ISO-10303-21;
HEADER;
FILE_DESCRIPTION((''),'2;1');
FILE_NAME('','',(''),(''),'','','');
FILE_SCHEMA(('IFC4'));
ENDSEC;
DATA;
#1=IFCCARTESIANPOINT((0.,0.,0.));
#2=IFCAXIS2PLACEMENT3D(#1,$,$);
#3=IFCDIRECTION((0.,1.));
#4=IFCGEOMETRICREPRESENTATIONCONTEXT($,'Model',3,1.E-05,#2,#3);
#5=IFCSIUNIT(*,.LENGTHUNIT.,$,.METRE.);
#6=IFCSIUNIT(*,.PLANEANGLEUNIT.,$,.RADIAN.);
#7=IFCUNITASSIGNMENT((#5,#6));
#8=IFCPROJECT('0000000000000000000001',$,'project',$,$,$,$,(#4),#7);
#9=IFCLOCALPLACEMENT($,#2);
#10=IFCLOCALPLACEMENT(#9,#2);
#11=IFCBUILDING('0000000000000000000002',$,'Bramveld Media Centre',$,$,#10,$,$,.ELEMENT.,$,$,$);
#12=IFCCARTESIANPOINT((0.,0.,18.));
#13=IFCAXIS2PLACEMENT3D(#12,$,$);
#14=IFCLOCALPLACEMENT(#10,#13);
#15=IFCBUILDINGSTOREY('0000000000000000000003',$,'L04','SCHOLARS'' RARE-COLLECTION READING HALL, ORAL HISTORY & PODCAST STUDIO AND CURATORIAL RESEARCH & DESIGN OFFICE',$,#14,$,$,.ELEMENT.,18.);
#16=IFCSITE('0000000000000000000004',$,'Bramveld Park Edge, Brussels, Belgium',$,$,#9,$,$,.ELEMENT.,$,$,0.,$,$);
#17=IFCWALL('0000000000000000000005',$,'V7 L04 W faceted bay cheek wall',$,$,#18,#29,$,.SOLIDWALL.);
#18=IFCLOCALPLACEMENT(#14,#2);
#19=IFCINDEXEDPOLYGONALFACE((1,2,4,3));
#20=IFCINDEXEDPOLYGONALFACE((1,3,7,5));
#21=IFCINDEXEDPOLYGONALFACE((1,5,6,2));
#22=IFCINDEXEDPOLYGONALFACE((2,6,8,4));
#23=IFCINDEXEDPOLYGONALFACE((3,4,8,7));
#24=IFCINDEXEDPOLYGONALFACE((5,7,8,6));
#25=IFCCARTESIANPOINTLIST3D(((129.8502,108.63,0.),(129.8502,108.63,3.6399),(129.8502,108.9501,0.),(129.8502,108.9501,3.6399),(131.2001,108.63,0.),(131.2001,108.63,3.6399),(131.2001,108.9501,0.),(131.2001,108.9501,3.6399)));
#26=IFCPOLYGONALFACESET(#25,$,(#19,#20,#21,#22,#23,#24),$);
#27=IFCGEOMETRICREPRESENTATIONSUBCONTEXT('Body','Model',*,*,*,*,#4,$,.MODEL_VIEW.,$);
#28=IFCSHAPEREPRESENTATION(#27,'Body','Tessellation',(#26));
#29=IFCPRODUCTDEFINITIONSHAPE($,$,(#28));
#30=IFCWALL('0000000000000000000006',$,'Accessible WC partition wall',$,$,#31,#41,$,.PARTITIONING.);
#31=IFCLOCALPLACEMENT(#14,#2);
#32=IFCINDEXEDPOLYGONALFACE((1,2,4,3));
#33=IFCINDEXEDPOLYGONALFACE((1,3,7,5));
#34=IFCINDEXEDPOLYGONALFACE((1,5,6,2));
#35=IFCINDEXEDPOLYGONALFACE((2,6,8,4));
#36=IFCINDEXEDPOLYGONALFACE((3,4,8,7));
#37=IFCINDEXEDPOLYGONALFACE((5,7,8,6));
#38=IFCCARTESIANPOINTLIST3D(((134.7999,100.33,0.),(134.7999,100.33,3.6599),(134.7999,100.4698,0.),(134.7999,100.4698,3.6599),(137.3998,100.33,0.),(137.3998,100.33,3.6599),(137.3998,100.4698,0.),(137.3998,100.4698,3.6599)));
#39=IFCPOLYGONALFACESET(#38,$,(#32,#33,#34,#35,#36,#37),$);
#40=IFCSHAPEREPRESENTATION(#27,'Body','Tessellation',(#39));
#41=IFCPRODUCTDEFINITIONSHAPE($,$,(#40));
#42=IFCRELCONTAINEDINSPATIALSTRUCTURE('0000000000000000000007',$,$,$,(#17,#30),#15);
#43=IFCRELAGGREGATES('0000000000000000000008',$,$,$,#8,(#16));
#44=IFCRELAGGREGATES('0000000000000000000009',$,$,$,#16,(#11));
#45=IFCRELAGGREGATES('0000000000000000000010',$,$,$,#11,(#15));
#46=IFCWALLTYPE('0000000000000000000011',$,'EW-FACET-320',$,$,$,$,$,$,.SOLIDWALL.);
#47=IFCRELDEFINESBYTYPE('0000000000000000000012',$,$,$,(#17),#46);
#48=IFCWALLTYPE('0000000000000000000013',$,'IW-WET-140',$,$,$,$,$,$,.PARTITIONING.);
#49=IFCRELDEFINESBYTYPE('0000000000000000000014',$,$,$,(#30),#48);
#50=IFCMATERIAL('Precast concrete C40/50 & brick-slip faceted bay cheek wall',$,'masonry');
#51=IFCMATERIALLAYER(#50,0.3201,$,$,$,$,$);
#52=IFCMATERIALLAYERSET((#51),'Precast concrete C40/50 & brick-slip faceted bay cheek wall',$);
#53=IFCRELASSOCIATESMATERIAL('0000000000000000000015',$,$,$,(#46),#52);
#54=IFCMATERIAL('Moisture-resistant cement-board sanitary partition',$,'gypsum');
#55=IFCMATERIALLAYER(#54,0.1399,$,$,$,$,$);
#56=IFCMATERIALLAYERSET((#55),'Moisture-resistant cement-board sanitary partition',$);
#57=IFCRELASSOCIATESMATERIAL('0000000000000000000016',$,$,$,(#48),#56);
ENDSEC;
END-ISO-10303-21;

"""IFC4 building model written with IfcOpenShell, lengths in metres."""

from ifc_helpers import new_model, si_unit, direction, frame, frame_2d, origin, place, context, subcontext, project, spatial, rectangle, extrude, material, layer, layer_set, type_object, element, save


model = new_model("IFC4")

# Units and contexts
model_context = context("Model", 3, precision=1e-05, world=origin(), true_north=direction((0.0, 1.0)))
body_context = subcontext(model_context, "Body", "Model", "MODEL_VIEW")
ifc_project = project(units=[si_unit("LENGTHUNIT", "METRE"), si_unit("PLANEANGLEUNIT", "RADIAN")], contexts=[model_context])

# Site, building, storey
site_placement = place(None, origin())
site = spatial("IfcSite", under=ifc_project, at=site_placement, Name="Bramveld Park Edge, Brussels, Belgium", CompositionType="ELEMENT", RefElevation=0.0)
building_placement = place(site_placement, origin())
building = spatial("IfcBuilding", under=site, at=building_placement, Name="Bramveld Media Centre", CompositionType="ELEMENT")
storey_placement = place(building_placement, frame((0.0, 0.0, 18.0)))
storey = spatial("IfcBuildingStorey", under=building, at=storey_placement, Name="L04", Description="SCHOLARS' RARE-COLLECTION READING HALL, ORAL HISTORY & PODCAST STUDIO AND CURATORIAL RESEARCH & DESIGN OFFICE", CompositionType="ELEMENT", Elevation=18.0)

# Walls
ifc_material_1 = material(Name="Precast concrete C40/50 & brick-slip faceted bay cheek wall", Category="masonry")
ifc_layer_1 = layer(ifc_material_1, 0.3201)
ifc_layer_set_1 = layer_set([ifc_layer_1], Name="Precast concrete C40/50 & brick-slip faceted bay cheek wall")
wall_type_1 = type_object("IfcWallType", Name="EW-FACET-320", PredefinedType="SOLIDWALL", material=ifc_layer_set_1)
wall_1_placement = place(storey_placement, frame((131.2, 108.79, 0.0), z_axis=(0.0, 0.0, 1.0), x_axis=(-1.0, 0.0, 0.0)))
element("IfcWall", 1, at=wall_1_placement, inside=storey, type_object=wall_type_1, Name="V7 L04 W faceted bay cheek wall", PredefinedType="SOLIDWALL", context=body_context, shape_type="SweptSolid", body=[
    extrude(rectangle(XDim=1.3499, YDim=0.3201, at=frame_2d((0.6748, 0.0))), origin(), (0.0, 0.0, 1.0), 3.6399),
])
ifc_material_2 = material(Name="Moisture-resistant cement-board sanitary partition", Category="gypsum")
ifc_layer_2 = layer(ifc_material_2, 0.1399)
ifc_layer_set_2 = layer_set([ifc_layer_2], Name="Moisture-resistant cement-board sanitary partition")
wall_type_2 = type_object("IfcWallType", Name="IW-WET-140", PredefinedType="PARTITIONING", material=ifc_layer_set_2)
wall_2_placement = place(storey_placement, frame((134.8, 100.3999, 0.0), z_axis=(0.0, 0.0, 1.0), x_axis=(1.0, 0.0, 0.0)))
element("IfcWall", 2, at=wall_2_placement, inside=storey, type_object=wall_type_2, Name="Accessible WC partition wall", PredefinedType="PARTITIONING", context=body_context, shape_type="SweptSolid", body=[
    extrude(rectangle(XDim=2.5999, YDim=0.1399, at=frame_2d((1.2998, 0.0))), origin(), (0.0, 0.0, 1.0), 3.6599),
])

save(model, "model.ifc")
